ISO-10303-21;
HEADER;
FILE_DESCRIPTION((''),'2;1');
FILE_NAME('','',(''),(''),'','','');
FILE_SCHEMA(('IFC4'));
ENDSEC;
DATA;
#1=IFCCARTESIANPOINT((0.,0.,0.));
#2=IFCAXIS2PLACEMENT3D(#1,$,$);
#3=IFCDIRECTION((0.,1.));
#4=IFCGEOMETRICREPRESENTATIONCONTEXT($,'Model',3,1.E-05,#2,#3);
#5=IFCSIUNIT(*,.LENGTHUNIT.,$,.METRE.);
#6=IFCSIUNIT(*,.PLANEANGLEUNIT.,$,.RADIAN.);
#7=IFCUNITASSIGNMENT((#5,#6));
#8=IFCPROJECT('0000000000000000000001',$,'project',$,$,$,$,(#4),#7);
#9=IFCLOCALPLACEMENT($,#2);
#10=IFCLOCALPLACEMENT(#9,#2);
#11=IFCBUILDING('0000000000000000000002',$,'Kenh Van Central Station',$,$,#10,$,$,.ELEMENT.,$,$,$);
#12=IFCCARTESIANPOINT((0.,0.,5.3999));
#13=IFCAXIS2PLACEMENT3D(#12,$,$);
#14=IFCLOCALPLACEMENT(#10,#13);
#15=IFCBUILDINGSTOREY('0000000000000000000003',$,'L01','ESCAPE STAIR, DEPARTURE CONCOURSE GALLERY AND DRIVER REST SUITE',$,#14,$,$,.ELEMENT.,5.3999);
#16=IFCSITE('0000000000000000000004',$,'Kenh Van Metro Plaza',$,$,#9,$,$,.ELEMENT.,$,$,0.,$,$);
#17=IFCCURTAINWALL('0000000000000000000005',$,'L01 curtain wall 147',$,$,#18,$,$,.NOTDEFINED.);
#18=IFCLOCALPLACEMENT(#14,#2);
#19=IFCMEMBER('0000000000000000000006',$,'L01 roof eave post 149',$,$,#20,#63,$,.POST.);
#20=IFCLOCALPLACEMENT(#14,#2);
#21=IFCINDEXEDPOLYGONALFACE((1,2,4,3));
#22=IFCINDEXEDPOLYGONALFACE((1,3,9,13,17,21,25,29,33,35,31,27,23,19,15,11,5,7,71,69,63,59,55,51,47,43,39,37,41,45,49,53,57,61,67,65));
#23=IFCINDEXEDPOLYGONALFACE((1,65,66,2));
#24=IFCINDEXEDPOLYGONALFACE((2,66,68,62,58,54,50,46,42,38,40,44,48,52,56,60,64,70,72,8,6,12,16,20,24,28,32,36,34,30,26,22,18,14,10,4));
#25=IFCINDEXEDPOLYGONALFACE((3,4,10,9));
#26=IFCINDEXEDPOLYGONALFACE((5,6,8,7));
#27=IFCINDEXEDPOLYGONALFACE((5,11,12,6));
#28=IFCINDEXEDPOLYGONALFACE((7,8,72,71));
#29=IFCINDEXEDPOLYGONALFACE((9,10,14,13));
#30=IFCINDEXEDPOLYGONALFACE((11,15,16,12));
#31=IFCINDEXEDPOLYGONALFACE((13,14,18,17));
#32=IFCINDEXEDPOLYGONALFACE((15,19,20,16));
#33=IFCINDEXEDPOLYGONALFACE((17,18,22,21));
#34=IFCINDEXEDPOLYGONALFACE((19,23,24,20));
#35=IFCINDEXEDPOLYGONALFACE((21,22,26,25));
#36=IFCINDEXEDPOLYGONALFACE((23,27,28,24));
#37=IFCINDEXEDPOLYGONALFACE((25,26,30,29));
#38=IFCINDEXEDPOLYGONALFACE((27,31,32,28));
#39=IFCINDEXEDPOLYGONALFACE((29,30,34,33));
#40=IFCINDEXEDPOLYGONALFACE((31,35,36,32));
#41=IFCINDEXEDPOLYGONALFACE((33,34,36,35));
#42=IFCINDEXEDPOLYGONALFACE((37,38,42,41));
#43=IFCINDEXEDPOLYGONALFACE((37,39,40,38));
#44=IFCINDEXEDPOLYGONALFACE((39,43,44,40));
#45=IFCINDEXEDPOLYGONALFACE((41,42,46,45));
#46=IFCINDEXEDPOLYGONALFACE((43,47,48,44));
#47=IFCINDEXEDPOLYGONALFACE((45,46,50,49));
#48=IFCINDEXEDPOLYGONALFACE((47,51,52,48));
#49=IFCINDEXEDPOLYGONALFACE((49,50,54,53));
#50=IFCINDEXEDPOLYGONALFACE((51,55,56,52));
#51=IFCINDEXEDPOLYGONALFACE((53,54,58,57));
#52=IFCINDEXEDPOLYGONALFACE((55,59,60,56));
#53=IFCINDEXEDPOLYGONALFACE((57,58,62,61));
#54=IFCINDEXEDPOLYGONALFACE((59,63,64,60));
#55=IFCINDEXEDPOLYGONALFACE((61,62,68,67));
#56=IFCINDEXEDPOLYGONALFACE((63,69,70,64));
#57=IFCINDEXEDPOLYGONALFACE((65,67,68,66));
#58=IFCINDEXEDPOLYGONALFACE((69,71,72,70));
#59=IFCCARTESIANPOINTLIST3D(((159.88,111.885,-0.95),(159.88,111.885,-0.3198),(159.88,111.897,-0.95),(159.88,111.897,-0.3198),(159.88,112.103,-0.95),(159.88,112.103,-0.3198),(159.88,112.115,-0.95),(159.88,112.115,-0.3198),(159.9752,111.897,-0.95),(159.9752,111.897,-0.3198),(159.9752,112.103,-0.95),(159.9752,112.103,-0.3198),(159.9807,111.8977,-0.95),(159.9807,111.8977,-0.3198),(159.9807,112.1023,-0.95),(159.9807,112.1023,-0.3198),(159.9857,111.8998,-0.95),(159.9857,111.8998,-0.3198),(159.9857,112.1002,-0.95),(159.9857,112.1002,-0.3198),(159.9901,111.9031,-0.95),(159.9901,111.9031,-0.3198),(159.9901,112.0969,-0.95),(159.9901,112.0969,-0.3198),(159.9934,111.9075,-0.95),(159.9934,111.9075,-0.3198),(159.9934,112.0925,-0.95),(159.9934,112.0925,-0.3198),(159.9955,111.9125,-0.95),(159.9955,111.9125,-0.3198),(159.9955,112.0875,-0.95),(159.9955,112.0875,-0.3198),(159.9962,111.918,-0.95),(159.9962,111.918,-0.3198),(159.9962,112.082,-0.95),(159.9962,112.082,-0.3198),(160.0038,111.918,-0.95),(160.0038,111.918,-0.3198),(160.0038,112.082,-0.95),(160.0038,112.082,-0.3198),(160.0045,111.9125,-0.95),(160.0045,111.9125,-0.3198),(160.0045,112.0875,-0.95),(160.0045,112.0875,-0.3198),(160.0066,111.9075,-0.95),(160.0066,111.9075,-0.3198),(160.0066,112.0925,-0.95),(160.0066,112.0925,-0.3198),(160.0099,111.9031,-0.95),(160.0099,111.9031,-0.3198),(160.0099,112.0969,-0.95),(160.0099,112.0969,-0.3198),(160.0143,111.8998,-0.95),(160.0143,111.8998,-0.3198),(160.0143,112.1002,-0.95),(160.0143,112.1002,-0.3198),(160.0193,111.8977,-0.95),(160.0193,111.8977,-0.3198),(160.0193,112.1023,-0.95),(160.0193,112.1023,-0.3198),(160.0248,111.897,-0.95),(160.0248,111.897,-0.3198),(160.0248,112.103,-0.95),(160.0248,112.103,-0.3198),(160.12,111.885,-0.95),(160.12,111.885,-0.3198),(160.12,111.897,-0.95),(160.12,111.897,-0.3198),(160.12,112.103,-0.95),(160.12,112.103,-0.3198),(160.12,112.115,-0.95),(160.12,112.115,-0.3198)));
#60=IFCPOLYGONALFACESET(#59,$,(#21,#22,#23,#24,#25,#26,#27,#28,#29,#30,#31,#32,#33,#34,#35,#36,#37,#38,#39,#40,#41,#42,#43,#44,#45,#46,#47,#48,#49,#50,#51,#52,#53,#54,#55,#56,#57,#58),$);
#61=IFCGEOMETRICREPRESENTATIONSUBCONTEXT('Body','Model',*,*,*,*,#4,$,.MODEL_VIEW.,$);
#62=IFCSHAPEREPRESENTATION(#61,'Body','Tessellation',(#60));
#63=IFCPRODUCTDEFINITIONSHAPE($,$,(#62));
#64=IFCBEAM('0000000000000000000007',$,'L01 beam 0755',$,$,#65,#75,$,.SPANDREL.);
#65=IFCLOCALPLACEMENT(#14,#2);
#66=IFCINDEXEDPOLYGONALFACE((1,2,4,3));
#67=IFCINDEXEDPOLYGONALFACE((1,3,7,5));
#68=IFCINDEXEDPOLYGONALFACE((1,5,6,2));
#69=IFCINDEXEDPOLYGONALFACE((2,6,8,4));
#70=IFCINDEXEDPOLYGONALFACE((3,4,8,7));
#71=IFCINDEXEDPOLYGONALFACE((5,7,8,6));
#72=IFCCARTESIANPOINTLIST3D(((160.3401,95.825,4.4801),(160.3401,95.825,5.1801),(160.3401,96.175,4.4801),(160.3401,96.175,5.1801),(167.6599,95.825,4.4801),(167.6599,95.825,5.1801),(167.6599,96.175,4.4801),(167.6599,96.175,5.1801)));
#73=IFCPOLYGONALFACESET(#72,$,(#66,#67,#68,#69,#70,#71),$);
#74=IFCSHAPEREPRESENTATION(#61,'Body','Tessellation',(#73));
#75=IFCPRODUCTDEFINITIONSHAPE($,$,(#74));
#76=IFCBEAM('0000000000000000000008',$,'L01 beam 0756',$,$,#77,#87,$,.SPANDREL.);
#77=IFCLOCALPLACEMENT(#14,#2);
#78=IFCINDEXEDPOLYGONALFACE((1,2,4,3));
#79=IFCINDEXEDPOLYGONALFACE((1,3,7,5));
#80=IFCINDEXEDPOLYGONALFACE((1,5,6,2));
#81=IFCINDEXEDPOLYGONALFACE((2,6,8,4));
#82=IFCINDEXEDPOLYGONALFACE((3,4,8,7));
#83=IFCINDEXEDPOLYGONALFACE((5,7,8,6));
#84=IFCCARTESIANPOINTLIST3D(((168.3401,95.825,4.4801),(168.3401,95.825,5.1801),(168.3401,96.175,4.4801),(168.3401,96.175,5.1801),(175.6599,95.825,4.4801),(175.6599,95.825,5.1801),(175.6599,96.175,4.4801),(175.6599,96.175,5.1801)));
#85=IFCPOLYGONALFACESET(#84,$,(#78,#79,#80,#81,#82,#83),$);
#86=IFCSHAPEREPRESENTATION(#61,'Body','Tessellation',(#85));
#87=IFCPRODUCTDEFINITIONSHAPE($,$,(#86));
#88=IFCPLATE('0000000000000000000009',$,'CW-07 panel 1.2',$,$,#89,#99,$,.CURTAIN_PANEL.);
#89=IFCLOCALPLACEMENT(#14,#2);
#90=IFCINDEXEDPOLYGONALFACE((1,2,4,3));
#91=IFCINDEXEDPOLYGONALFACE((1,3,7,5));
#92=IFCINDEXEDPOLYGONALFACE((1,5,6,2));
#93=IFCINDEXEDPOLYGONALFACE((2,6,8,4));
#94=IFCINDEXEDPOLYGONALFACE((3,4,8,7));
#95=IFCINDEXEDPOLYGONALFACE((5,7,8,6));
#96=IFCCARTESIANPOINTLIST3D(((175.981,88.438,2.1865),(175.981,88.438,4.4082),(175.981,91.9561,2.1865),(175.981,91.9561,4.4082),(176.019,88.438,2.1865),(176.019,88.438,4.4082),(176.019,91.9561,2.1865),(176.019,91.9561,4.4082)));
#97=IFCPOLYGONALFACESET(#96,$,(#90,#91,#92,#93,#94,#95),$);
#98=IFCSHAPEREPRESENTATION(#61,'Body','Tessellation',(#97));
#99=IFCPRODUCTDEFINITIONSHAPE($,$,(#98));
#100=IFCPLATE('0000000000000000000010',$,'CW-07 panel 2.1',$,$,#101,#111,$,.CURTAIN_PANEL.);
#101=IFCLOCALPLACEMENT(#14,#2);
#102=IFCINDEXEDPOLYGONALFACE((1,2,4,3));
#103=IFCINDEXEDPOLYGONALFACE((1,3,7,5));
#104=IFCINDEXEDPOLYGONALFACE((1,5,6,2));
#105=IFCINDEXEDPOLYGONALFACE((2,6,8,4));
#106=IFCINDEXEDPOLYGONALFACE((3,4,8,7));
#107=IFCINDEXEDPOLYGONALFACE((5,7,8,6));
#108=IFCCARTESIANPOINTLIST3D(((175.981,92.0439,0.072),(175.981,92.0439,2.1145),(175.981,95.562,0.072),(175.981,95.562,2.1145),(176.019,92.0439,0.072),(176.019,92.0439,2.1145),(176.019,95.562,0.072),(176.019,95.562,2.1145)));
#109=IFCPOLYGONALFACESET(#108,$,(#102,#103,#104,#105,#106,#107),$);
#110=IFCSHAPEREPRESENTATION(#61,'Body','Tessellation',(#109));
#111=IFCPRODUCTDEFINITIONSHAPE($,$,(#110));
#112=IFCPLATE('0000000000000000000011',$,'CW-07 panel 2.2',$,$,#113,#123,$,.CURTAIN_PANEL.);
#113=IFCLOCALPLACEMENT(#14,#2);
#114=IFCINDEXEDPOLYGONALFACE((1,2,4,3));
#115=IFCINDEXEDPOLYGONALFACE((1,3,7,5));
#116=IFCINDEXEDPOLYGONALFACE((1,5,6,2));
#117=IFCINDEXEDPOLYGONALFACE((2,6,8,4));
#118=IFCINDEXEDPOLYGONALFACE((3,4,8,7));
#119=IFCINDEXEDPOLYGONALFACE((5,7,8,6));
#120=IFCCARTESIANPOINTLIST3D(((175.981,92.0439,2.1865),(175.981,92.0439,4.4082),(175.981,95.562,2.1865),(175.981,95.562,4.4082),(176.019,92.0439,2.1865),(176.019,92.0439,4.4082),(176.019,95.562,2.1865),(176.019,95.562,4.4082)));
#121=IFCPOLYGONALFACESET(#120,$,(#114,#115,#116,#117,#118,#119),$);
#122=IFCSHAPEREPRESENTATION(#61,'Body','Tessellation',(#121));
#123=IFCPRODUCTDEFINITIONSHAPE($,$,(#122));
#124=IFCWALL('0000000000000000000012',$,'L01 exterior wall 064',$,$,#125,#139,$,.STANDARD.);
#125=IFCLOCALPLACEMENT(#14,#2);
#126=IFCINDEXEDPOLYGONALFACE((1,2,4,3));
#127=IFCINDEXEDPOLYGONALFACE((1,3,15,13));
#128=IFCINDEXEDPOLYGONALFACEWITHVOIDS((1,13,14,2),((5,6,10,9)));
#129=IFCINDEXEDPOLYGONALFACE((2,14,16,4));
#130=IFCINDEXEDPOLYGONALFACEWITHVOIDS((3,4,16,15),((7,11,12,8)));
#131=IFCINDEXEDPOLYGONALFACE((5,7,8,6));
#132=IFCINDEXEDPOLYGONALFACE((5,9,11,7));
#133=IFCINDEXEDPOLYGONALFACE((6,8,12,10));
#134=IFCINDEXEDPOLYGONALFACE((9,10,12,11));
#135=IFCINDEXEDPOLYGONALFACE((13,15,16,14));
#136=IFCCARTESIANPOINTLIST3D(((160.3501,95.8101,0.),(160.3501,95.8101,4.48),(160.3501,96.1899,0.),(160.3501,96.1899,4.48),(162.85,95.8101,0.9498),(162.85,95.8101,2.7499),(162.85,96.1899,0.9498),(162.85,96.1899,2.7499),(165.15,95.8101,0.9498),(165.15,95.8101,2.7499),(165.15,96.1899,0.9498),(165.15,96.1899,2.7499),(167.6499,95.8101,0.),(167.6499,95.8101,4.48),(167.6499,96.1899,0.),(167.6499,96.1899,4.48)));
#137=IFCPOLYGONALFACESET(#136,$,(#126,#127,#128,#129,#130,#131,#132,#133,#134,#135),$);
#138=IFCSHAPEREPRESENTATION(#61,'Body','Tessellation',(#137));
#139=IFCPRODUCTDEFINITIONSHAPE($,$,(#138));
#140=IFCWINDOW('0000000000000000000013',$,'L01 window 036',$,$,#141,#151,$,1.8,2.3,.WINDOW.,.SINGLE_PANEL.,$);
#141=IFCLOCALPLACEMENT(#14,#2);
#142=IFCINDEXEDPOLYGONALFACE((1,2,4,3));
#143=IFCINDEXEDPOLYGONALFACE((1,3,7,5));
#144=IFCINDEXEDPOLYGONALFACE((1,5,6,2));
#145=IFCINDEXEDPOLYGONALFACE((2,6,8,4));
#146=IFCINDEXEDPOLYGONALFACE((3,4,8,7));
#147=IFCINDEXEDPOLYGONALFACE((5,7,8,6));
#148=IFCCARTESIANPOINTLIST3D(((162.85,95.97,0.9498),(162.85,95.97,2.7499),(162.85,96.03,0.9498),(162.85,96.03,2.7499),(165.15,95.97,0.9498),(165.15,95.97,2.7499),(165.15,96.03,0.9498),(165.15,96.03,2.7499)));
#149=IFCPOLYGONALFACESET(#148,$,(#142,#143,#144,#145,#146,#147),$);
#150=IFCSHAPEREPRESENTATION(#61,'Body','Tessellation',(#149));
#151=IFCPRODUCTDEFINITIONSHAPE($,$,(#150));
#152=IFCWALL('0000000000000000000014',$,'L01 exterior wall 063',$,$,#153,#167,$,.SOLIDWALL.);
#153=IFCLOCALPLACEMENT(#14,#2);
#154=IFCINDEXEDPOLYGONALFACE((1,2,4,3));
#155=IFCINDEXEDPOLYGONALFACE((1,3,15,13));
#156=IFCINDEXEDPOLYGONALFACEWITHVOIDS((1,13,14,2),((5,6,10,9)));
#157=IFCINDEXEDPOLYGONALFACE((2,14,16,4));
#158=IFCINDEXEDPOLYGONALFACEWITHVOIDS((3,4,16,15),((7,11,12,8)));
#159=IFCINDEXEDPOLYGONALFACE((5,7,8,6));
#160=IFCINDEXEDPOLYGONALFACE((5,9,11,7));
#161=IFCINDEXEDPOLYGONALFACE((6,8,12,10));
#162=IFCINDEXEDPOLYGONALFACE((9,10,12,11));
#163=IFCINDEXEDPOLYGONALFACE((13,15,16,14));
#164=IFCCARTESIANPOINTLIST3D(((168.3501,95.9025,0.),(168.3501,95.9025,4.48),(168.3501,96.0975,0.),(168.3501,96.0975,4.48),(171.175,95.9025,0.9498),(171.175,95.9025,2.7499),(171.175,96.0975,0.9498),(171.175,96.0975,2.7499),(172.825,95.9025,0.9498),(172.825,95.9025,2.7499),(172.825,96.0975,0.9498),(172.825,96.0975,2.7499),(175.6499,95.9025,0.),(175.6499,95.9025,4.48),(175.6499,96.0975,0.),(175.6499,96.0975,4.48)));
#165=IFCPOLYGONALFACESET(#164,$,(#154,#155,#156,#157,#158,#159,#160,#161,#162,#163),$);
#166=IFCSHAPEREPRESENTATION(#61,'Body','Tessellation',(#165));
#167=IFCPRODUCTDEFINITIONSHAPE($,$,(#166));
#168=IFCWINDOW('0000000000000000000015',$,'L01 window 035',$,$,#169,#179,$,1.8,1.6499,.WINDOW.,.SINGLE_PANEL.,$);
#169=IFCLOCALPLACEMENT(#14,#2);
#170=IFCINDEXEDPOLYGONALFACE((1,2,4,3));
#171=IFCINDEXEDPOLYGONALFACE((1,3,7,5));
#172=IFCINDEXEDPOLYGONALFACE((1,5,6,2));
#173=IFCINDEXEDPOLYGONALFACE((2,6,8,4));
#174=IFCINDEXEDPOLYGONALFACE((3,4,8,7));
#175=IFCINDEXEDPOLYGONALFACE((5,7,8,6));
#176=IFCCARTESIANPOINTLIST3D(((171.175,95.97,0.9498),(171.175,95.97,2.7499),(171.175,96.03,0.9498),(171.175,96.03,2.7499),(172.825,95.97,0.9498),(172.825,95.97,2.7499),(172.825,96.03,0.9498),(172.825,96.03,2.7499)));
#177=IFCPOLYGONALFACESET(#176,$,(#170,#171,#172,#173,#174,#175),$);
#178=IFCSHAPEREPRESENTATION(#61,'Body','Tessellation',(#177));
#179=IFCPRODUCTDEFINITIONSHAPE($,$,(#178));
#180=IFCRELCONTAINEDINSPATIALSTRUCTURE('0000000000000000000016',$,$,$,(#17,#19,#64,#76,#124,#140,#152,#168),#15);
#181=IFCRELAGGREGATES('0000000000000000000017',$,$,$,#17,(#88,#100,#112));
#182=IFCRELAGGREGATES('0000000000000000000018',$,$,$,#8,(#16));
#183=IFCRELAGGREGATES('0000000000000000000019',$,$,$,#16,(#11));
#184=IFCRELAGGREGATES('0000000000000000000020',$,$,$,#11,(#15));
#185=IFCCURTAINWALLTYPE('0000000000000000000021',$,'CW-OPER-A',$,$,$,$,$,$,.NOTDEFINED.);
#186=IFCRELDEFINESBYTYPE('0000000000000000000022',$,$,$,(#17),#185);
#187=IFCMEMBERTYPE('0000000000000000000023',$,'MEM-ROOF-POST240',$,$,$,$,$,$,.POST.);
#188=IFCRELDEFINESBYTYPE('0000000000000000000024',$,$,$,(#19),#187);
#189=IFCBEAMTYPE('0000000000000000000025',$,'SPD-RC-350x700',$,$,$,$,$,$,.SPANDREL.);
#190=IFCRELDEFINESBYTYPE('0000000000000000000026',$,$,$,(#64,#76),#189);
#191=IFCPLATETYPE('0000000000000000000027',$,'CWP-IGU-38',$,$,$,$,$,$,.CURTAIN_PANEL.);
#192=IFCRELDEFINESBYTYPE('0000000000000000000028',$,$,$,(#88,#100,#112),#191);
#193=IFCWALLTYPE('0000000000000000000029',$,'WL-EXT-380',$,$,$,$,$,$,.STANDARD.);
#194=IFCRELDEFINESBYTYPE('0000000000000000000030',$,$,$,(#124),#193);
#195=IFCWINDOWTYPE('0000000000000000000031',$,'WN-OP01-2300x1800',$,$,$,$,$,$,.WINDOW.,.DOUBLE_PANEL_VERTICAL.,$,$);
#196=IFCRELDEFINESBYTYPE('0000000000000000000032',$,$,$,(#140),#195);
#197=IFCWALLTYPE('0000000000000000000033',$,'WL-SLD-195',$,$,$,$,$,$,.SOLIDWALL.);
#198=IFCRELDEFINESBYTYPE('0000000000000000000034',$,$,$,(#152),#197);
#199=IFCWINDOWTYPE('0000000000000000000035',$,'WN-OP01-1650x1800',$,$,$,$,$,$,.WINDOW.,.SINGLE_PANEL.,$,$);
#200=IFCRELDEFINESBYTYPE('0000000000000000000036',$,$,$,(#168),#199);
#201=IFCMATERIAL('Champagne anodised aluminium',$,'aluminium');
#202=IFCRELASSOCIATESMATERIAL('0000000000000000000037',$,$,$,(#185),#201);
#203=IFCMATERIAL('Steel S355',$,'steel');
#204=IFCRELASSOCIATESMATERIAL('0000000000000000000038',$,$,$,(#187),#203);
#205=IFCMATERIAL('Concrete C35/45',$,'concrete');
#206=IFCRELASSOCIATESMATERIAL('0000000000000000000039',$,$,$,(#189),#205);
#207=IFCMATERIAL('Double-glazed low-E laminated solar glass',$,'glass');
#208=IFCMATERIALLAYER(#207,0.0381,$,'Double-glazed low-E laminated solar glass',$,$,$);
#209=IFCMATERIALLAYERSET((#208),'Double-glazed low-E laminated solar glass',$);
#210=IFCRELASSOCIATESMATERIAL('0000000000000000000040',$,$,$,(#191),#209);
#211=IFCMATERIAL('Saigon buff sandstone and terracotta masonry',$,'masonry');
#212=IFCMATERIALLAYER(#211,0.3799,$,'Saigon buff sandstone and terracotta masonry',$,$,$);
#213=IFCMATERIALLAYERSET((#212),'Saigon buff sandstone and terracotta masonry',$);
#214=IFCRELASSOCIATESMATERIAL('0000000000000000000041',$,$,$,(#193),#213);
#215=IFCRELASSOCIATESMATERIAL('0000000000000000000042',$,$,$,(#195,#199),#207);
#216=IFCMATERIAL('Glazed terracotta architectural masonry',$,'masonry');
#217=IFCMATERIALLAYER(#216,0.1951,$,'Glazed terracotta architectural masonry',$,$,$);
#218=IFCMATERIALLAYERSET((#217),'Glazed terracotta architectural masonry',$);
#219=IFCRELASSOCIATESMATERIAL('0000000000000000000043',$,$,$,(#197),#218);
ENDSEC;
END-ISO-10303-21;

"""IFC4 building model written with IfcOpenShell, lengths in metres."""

from ifc_helpers import new_model, si_unit, direction, frame, frame_2d, origin, origin_2d, place, context, subcontext, project, spatial, rectangle, i_section, extrude, material, layer, layer_set, material_profile, profile_set, type_object, element, fill, aggregate, save


model = new_model("IFC4")

# Units and contexts
model_context = context("Model", 3, precision=1e-05, world=origin(), true_north=direction((0.0, 1.0)))
body_context = subcontext(model_context, "Body", "Model", "MODEL_VIEW")
ifc_project = project(units=[si_unit("LENGTHUNIT", "METRE"), si_unit("PLANEANGLEUNIT", "RADIAN")], contexts=[model_context])

# Site, building, storey
site_placement = place(None, origin())
site = spatial("IfcSite", under=ifc_project, at=site_placement, Name="Kenh Van Metro Plaza", CompositionType="ELEMENT", RefElevation=0.0)
building_placement = place(site_placement, origin())
building = spatial("IfcBuilding", under=site, at=building_placement, Name="Kenh Van Central Station", CompositionType="ELEMENT")
storey_placement = place(building_placement, frame((0.0, 0.0, 5.3999)))
storey = spatial("IfcBuildingStorey", under=building, at=storey_placement, Name="L01", Description="ESCAPE STAIR, DEPARTURE CONCOURSE GALLERY AND DRIVER REST SUITE", CompositionType="ELEMENT", Elevation=5.3999)

# Shared definitions
ifc_material_1 = material(Name="Steel S355", Category="steel")

# Curtain wall
ifc_material_2 = material(Name="Champagne anodised aluminium", Category="aluminium")
curtain_wall_type = type_object("IfcCurtainWallType", Name="CW-OPER-A", PredefinedType="NOTDEFINED", material=ifc_material_2)
curtain_wall_placement = place(storey_placement, origin())
curtain_wall = element("IfcCurtainWall", 1, at=curtain_wall_placement, inside=storey, type_object=curtain_wall_type, Name="L01 curtain wall 147", PredefinedType="NOTDEFINED")

# Member
ifc_material_profile_1 = material_profile(ifc_material_1, i_section(OverallWidth=0.24, OverallDepth=0.23, WebThickness=0.0076, FlangeThickness=0.012, FilletRadius=0.021, at=origin_2d()), Name="HEA 240")
ifc_profile_set_1 = profile_set([ifc_material_profile_1], Name="Steel S355")
member_type_1 = type_object("IfcMemberType", Name="MEM-ROOF-POST240", PredefinedType="POST", material=ifc_profile_set_1)
member_1_placement = place(storey_placement, frame((160.0, 112.0, -0.95), z_axis=(0.0, 0.0, 1.0), x_axis=(1.0, 0.0, 0.0)))
element("IfcMember", 2, at=member_1_placement, inside=storey, type_object=member_type_1, Name="L01 roof eave post 149", PredefinedType="POST", context=body_context, shape_type="SweptSolid", body=[
    extrude(i_section(OverallWidth=0.24, OverallDepth=0.23, WebThickness=0.0076, FlangeThickness=0.012, FilletRadius=0.021, at=origin_2d()), origin(), (0.0, 0.0, 1.0), 0.6301),
])

# Beams
ifc_material_3 = material(Name="Concrete C35/45", Category="concrete")
ifc_material_profile_2 = material_profile(ifc_material_3, rectangle(XDim=0.3501, YDim=0.7, at=origin_2d()), Name="RC 350x700")
ifc_profile_set_2 = profile_set([ifc_material_profile_2], Name="Concrete C35/45")
beam_type_1 = type_object("IfcBeamType", Name="SPD-RC-350x700", PredefinedType="SPANDREL", material=ifc_profile_set_2)
for number, where, z_axis, x_axis, name in (
    (3, (160.3401, 96.0, 4.8301), (1.0, 0.0, 0.0), (0.0, 1.0, 0.0), "L01 beam 0755"),
    (4, (168.3401, 96.0, 4.8301), (1.0, 0.0, 0.0), (0.0, 1.0, 0.0), "L01 beam 0756"),
):
    element("IfcBeam", number, at=place(storey_placement, frame(where, z_axis=z_axis, x_axis=x_axis)), inside=storey, type_object=beam_type_1, Name=name, PredefinedType="SPANDREL", context=body_context, shape_type="SweptSolid", body=[
        extrude(rectangle(XDim=0.3501, YDim=0.7, at=origin_2d()), origin(), (0.0, 0.0, 1.0), 7.3198),
    ])

# Plates
ifc_material_4 = material(Name="Double-glazed low-E laminated solar glass", Category="glass")
ifc_layer_1 = layer(ifc_material_4, 0.0381, Name="Double-glazed low-E laminated solar glass")
ifc_layer_set_1 = layer_set([ifc_layer_1], Name="Double-glazed low-E laminated solar glass")
plate_type = type_object("IfcPlateType", Name="CWP-IGU-38", PredefinedType="CURTAIN_PANEL", material=ifc_layer_set_1)
plate_1_placement = place(storey_placement, frame((176.0, 90.197, 2.1865), z_axis=(0.0, 0.0, 1.0), x_axis=(0.0, 1.0, 0.0)))
plate_1 = element("IfcPlate", 5, at=plate_1_placement, type_object=plate_type, Name="CW-07 panel 1.2", PredefinedType="CURTAIN_PANEL", context=body_context, shape_type="SweptSolid", body=[
    extrude(rectangle(XDim=3.5181, YDim=0.0381, at=origin_2d()), origin(), (0.0, 0.0, 1.0), 2.2217),
])
plate_2_placement = place(storey_placement, frame((176.0, 93.803, 0.072), z_axis=(0.0, 0.0, 1.0), x_axis=(0.0, 1.0, 0.0)))
plate_2 = element("IfcPlate", 6, at=plate_2_placement, type_object=plate_type, Name="CW-07 panel 2.1", PredefinedType="CURTAIN_PANEL", context=body_context, shape_type="SweptSolid", body=[
    extrude(rectangle(XDim=3.5181, YDim=0.0381, at=origin_2d()), origin(), (0.0, 0.0, 1.0), 2.0425),
])
plate_3_placement = place(storey_placement, frame((176.0, 93.803, 2.1865), z_axis=(0.0, 0.0, 1.0), x_axis=(0.0, 1.0, 0.0)))
plate_3 = element("IfcPlate", 7, at=plate_3_placement, type_object=plate_type, Name="CW-07 panel 2.2", PredefinedType="CURTAIN_PANEL", context=body_context, shape_type="SweptSolid", body=[
    extrude(rectangle(XDim=3.5181, YDim=0.0381, at=origin_2d()), origin(), (0.0, 0.0, 1.0), 2.2217),
])
aggregate(curtain_wall, [plate_1, plate_2, plate_3])

# Walls, openings, windows
ifc_material_5 = material(Name="Saigon buff sandstone and terracotta masonry", Category="masonry")
ifc_layer_2 = layer(ifc_material_5, 0.3799, Name="Saigon buff sandstone and terracotta masonry")
ifc_layer_set_2 = layer_set([ifc_layer_2], Name="Saigon buff sandstone and terracotta masonry")
wall_type_1 = type_object("IfcWallType", Name="WL-EXT-380", PredefinedType="STANDARD", material=ifc_layer_set_2)
wall_1_placement = place(storey_placement, frame((167.6499, 96.0, 0.0), z_axis=(0.0, 0.0, 1.0), x_axis=(-1.0, 0.0, 0.0)))
wall_1 = element("IfcWall", 8, at=wall_1_placement, inside=storey, type_object=wall_type_1, Name="L01 exterior wall 064", PredefinedType="STANDARD", context=body_context, shape_type="SweptSolid", body=[
    extrude(rectangle(XDim=7.2998, YDim=0.3799, at=frame_2d((3.6499, 0.0))), origin(), (0.0, 0.0, 1.0), 4.48),
])
opening_1_placement = place(wall_1_placement, frame((2.5, 0.0, 0.95)))
opening_1 = element("IfcOpeningElement", 9, at=opening_1_placement, cuts=wall_1, PredefinedType="OPENING", context=body_context, shape_type="SweptSolid", body=[
    extrude(rectangle(XDim=2.3, YDim=1.8, at=frame_2d((1.1499, 0.8999))), frame((0.0, 0.2, 0.0), z_axis=(0.0, -1.0, 0.0), x_axis=(1.0, 0.0, 0.0)), (0.0, 0.0, 1.0), 0.3999),
])
window_type_1 = type_object("IfcWindowType", Name="WN-OP01-2300x1800", PartitioningType="DOUBLE_PANEL_VERTICAL", PredefinedType="WINDOW", material=ifc_material_4)
window_1_placement = place(opening_1_placement, origin())
window_1 = element("IfcWindow", 10, at=window_1_placement, inside=storey, type_object=window_type_1, Name="L01 window 036", OverallHeight=1.8, OverallWidth=2.3, PartitioningType="SINGLE_PANEL", PredefinedType="WINDOW", context=body_context, shape_type="SweptSolid", body=[
    extrude(rectangle(XDim=2.3, YDim=1.8, at=frame_2d((1.1499, 0.8999))), frame((0.0, 0.03, 0.0), z_axis=(0.0, -1.0, 0.0), x_axis=(1.0, 0.0, 0.0)), (0.0, 0.0, 1.0), 0.0601),
])
fill(opening_1, window_1)
ifc_material_6 = material(Name="Glazed terracotta architectural masonry", Category="masonry")
ifc_layer_3 = layer(ifc_material_6, 0.1951, Name="Glazed terracotta architectural masonry")
ifc_layer_set_3 = layer_set([ifc_layer_3], Name="Glazed terracotta architectural masonry")
wall_type_2 = type_object("IfcWallType", Name="WL-SLD-195", PredefinedType="SOLIDWALL", material=ifc_layer_set_3)
wall_2_placement = place(storey_placement, frame((175.6499, 96.0, 0.0), z_axis=(0.0, 0.0, 1.0), x_axis=(-1.0, 0.0, 0.0)))
wall_2 = element("IfcWall", 11, at=wall_2_placement, inside=storey, type_object=wall_type_2, Name="L01 exterior wall 063", PredefinedType="SOLIDWALL", context=body_context, shape_type="SweptSolid", body=[
    extrude(rectangle(XDim=7.2998, YDim=0.1951, at=frame_2d((3.6499, 0.0))), origin(), (0.0, 0.0, 1.0), 4.48),
])
opening_2_placement = place(wall_2_placement, frame((2.825, 0.0, 0.95)))
opening_2 = element("IfcOpeningElement", 12, at=opening_2_placement, cuts=wall_2, PredefinedType="OPENING", context=body_context, shape_type="SweptSolid", body=[
    extrude(rectangle(XDim=1.6499, YDim=1.8, at=frame_2d((0.825, 0.8999))), frame((0.0, 0.1074, 0.0), z_axis=(0.0, -1.0, 0.0), x_axis=(1.0, 0.0, 0.0)), (0.0, 0.0, 1.0), 0.2151),
])
window_type_2 = type_object("IfcWindowType", Name="WN-OP01-1650x1800", PartitioningType="SINGLE_PANEL", PredefinedType="WINDOW", material=ifc_material_4)
window_2_placement = place(opening_2_placement, origin())
window_2 = element("IfcWindow", 13, at=window_2_placement, inside=storey, type_object=window_type_2, Name="L01 window 035", OverallHeight=1.8, OverallWidth=1.6499, PartitioningType="SINGLE_PANEL", PredefinedType="WINDOW", context=body_context, shape_type="SweptSolid", body=[
    extrude(rectangle(XDim=1.6499, YDim=1.8, at=frame_2d((0.825, 0.8999))), frame((0.0, 0.03, 0.0), z_axis=(0.0, -1.0, 0.0), x_axis=(1.0, 0.0, 0.0)), (0.0, 0.0, 1.0), 0.0601),
])
fill(opening_2, window_2)

save(model, "model.ifc")
